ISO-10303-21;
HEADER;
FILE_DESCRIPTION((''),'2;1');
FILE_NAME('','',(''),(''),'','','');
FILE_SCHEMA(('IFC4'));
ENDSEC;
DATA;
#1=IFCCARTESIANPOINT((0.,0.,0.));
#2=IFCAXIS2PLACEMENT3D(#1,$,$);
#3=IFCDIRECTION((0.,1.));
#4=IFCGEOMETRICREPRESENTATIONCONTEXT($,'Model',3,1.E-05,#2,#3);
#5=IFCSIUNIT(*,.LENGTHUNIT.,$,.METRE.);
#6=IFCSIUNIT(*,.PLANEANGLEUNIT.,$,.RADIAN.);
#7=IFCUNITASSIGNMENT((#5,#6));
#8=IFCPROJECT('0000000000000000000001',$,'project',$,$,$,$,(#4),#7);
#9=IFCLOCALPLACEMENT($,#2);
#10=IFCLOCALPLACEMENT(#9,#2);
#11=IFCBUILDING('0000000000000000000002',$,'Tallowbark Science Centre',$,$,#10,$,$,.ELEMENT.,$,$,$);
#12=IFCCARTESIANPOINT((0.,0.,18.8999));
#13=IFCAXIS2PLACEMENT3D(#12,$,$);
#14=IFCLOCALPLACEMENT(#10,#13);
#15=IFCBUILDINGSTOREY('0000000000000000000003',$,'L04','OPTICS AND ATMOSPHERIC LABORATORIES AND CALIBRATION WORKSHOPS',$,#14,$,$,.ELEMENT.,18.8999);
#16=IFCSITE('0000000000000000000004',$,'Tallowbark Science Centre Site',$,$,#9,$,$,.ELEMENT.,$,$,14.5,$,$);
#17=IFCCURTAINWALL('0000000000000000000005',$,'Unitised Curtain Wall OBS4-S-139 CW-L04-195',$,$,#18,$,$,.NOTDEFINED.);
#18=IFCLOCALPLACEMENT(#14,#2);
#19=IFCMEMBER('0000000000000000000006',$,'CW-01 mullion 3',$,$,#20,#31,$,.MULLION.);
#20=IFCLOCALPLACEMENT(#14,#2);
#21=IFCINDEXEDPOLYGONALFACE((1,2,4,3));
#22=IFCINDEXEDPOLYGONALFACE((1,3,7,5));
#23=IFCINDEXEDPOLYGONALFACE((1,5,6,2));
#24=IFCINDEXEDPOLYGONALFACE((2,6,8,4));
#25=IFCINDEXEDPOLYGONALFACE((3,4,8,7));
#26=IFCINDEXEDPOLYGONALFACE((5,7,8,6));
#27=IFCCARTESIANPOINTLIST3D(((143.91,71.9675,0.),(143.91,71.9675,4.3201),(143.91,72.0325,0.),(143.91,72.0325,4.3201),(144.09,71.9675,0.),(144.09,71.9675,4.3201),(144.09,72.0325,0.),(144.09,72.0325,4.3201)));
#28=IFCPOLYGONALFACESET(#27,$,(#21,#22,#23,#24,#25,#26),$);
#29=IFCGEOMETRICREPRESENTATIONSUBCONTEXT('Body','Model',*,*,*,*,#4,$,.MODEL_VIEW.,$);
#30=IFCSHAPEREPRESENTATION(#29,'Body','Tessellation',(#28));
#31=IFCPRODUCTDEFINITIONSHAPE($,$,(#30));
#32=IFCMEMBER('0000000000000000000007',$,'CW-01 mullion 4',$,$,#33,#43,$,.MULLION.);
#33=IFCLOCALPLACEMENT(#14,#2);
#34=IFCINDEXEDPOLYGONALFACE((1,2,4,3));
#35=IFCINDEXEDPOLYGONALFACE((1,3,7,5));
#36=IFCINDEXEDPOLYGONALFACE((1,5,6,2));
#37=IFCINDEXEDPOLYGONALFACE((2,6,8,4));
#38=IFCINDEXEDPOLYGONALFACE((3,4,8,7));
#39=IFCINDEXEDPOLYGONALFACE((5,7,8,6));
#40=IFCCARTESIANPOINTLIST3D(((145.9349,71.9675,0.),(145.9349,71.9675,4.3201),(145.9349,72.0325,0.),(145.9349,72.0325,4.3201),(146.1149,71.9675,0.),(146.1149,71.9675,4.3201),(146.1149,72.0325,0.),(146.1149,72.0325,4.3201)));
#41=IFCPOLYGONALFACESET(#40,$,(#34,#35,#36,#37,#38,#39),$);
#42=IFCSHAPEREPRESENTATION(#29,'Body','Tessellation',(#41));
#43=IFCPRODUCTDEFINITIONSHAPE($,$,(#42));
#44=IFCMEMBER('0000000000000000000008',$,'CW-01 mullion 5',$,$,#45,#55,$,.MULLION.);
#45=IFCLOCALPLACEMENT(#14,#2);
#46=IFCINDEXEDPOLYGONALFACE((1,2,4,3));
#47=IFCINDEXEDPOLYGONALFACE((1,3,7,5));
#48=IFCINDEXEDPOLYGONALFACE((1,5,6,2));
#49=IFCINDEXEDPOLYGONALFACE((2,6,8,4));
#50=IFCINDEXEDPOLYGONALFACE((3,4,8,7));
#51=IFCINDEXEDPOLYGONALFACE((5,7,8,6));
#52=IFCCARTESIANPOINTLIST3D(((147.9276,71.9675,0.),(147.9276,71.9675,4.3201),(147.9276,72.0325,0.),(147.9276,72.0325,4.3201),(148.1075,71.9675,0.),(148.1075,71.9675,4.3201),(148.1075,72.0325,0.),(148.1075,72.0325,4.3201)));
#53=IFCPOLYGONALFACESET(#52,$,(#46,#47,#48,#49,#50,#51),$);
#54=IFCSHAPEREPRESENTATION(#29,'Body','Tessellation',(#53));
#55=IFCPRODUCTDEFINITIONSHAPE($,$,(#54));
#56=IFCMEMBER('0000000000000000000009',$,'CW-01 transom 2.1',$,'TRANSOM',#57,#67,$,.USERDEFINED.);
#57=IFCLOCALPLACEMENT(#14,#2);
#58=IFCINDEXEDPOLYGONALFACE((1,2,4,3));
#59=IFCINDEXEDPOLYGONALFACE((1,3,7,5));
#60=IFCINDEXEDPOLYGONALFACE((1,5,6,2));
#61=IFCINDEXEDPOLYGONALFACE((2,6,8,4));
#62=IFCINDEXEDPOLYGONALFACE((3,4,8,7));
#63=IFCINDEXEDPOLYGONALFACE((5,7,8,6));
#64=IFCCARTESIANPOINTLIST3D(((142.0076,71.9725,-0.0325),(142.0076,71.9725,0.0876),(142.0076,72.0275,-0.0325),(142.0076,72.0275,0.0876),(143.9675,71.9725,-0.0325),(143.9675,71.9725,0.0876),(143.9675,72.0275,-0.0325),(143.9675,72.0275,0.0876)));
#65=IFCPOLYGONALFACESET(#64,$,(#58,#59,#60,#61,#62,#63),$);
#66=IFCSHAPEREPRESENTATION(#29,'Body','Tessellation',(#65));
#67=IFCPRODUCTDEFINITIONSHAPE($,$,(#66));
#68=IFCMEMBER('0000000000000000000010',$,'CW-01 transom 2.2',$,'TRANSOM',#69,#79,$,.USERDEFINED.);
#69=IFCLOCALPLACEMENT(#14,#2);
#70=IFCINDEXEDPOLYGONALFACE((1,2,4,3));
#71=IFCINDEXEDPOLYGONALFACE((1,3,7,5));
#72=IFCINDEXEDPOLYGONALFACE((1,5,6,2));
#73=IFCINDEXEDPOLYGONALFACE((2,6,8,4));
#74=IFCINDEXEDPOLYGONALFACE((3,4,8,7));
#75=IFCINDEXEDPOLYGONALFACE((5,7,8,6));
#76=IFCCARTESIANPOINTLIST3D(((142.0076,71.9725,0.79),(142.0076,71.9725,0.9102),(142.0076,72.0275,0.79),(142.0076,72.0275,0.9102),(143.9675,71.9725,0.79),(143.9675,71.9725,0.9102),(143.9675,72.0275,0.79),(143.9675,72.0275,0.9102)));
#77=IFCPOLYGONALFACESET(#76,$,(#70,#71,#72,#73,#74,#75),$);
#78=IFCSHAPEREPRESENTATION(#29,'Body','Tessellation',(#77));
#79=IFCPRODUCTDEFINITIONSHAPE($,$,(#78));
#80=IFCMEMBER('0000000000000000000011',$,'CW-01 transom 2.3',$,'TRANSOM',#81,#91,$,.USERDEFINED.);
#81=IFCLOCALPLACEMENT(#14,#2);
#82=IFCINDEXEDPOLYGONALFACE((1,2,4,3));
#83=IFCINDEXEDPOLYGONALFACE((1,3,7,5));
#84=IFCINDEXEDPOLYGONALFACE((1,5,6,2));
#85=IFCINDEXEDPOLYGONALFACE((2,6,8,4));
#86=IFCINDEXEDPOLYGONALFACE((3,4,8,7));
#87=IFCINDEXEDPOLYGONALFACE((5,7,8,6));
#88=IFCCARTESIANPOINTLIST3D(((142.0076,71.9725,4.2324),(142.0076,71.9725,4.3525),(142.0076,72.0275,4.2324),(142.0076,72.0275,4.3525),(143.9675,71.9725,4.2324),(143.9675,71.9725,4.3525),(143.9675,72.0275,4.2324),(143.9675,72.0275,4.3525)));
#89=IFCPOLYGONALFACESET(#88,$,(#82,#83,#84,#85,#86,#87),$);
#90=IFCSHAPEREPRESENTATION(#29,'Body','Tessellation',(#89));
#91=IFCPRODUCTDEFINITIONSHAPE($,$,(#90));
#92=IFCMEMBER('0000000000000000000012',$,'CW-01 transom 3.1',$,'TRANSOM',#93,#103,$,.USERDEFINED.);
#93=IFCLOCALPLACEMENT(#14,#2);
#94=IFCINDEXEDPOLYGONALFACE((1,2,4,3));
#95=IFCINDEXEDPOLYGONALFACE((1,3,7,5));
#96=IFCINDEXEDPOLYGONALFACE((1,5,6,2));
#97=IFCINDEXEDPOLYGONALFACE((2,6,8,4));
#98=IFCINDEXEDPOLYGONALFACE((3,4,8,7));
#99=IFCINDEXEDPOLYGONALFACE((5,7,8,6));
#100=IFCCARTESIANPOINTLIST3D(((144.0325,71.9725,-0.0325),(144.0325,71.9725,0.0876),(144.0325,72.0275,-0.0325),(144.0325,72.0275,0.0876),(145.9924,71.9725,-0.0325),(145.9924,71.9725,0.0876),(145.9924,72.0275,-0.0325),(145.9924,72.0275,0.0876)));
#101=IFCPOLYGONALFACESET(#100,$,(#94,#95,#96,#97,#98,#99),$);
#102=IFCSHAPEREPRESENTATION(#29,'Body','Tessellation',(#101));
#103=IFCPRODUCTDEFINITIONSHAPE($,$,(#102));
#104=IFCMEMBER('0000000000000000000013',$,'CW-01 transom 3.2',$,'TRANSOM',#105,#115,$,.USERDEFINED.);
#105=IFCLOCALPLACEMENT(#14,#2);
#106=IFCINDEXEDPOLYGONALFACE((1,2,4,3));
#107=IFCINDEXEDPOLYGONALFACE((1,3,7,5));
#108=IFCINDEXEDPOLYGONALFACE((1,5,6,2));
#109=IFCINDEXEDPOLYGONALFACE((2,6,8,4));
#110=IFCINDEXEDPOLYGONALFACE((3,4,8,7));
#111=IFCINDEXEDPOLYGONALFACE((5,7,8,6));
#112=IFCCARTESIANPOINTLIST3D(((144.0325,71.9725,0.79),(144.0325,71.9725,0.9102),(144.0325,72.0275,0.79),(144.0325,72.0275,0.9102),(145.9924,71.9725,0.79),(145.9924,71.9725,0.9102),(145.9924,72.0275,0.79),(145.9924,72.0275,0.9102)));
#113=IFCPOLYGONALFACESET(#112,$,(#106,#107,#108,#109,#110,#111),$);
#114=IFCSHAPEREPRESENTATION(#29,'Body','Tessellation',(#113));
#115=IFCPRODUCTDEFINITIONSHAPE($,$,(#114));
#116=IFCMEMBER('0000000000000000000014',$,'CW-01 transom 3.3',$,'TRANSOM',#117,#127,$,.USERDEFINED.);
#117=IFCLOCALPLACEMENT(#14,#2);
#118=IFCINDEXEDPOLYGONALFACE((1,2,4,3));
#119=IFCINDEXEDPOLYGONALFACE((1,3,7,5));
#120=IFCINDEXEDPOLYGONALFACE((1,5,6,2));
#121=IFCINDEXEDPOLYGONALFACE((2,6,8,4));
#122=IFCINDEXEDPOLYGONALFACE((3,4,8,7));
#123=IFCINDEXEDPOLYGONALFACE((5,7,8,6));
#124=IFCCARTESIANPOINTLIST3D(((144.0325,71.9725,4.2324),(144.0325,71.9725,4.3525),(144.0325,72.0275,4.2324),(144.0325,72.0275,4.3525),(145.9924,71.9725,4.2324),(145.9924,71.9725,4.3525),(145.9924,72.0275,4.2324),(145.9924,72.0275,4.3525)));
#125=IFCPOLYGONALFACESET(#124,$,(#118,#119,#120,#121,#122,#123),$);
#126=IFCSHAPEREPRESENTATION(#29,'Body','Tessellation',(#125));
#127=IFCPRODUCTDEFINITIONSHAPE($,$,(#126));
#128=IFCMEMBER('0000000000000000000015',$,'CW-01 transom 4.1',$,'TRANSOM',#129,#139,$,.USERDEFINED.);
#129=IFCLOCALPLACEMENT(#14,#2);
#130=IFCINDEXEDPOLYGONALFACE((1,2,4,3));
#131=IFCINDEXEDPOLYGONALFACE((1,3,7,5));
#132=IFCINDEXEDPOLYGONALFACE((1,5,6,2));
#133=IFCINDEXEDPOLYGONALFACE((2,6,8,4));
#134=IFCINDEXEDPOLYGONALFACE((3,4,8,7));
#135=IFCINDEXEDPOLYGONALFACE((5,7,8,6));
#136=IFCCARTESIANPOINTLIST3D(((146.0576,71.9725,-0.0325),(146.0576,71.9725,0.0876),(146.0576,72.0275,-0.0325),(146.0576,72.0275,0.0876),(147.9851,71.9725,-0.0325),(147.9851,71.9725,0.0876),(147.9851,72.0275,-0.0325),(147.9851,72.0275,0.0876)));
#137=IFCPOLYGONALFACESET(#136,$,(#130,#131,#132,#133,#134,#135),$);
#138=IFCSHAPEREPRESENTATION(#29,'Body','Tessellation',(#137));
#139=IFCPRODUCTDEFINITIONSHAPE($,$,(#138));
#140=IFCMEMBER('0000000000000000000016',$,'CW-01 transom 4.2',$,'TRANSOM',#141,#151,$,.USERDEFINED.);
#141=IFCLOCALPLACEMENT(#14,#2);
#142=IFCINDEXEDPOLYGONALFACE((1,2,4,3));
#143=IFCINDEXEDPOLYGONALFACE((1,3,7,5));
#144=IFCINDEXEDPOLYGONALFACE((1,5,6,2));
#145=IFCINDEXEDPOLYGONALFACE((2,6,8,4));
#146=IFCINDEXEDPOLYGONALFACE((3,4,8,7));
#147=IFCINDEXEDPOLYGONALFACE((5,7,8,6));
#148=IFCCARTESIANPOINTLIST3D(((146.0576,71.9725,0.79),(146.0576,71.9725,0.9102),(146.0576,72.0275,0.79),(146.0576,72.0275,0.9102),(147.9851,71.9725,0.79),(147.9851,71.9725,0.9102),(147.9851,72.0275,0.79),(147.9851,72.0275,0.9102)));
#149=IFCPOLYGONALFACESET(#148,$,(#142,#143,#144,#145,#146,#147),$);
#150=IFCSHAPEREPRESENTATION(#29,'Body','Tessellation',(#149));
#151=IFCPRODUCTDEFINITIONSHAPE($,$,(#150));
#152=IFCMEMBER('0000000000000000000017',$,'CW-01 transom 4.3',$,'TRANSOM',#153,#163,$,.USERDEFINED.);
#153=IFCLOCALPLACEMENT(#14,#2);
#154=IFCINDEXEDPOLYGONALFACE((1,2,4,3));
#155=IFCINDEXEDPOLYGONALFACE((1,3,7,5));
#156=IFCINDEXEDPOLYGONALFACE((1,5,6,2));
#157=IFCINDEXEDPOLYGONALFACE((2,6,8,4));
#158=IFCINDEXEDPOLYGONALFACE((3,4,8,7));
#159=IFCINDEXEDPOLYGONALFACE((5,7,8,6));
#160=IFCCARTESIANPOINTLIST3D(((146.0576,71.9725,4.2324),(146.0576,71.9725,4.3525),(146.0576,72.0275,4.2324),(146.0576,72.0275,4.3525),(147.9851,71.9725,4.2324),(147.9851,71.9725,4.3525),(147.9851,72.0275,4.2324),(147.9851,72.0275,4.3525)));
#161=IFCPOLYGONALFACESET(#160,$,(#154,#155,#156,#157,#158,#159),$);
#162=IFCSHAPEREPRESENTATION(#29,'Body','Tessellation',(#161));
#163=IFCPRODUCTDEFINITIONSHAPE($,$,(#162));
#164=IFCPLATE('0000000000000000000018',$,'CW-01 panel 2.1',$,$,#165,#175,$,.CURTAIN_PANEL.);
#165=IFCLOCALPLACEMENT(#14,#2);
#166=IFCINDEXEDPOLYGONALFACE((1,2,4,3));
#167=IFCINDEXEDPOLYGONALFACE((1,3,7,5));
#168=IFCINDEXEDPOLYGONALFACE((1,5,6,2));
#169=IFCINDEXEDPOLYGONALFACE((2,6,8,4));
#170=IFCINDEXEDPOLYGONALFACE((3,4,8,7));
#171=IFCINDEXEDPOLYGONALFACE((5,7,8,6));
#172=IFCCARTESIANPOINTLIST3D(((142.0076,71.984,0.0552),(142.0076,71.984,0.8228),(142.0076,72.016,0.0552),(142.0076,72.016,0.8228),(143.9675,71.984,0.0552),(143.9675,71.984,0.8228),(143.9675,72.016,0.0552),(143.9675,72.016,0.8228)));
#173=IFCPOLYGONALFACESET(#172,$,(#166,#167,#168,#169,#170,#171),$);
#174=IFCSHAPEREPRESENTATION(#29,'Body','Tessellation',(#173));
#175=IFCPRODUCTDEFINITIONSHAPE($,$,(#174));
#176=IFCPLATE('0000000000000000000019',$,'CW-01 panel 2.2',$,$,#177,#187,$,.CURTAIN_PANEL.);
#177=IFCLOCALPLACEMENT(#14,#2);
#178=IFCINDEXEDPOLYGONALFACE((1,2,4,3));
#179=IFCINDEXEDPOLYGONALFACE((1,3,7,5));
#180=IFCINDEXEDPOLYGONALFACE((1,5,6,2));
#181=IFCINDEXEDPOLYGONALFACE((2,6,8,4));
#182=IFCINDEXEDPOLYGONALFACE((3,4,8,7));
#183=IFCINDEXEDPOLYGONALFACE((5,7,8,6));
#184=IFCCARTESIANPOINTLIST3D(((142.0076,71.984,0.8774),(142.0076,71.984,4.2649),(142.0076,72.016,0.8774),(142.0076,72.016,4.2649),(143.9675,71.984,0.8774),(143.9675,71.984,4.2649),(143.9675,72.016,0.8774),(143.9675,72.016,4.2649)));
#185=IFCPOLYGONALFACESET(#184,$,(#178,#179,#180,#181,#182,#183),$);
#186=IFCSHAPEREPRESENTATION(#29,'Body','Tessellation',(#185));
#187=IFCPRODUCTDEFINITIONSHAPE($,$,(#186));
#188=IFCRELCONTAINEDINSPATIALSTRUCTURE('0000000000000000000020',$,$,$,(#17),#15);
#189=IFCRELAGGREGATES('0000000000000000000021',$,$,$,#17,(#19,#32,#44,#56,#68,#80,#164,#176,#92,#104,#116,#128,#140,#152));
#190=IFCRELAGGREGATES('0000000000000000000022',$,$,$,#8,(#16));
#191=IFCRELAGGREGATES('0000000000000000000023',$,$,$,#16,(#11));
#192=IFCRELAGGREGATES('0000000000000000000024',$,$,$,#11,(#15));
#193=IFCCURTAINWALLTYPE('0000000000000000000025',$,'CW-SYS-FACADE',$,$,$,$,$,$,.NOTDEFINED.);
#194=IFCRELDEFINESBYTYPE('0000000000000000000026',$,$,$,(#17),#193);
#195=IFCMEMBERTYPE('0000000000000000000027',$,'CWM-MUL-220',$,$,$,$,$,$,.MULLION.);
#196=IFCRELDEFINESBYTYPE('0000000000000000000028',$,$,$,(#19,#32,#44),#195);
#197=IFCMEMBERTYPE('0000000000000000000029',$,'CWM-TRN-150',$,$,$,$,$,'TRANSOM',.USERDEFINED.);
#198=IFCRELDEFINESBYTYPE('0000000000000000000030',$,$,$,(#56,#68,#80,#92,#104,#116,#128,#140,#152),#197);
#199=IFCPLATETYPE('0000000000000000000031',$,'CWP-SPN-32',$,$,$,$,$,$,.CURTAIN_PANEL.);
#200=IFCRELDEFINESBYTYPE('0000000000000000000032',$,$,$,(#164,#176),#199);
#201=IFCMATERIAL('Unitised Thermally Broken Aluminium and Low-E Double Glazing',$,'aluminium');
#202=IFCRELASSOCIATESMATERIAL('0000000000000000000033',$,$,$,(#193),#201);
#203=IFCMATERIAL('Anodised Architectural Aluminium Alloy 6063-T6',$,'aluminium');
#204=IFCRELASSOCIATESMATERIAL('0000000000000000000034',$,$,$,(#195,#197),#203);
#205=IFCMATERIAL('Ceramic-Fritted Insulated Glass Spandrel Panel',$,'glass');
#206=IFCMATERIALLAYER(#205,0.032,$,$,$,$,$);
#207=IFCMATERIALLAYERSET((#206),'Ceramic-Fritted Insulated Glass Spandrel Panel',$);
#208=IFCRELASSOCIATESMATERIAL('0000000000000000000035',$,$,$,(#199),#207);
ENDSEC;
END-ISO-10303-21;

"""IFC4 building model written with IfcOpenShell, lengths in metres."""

from ifc_helpers import new_model, si_unit, direction, frame, origin, origin_2d, place, context, subcontext, project, spatial, rectangle, extrude, material, layer, layer_set, material_profile, profile_set, type_object, element, aggregate, save


model = new_model("IFC4")

# Units and contexts
model_context = context("Model", 3, precision=1e-05, world=origin(), true_north=direction((0.0, 1.0)))
body_context = subcontext(model_context, "Body", "Model", "MODEL_VIEW")
ifc_project = project(units=[si_unit("LENGTHUNIT", "METRE"), si_unit("PLANEANGLEUNIT", "RADIAN")], contexts=[model_context])

# Site, building, storey
site_placement = place(None, origin())
site = spatial("IfcSite", under=ifc_project, at=site_placement, Name="Tallowbark Science Centre Site", CompositionType="ELEMENT", RefElevation=14.5)
building_placement = place(site_placement, origin())
building = spatial("IfcBuilding", under=site, at=building_placement, Name="Tallowbark Science Centre", CompositionType="ELEMENT")
storey_placement = place(building_placement, frame((0.0, 0.0, 18.8999)))
storey = spatial("IfcBuildingStorey", under=building, at=storey_placement, Name="L04", Description="OPTICS AND ATMOSPHERIC LABORATORIES AND CALIBRATION WORKSHOPS", CompositionType="ELEMENT", Elevation=18.8999)

# Curtain wall, members, plates
ifc_material_1 = material(Name="Unitised Thermally Broken Aluminium and Low-E Double Glazing", Category="aluminium")
curtain_wall_type = type_object("IfcCurtainWallType", Name="CW-SYS-FACADE", PredefinedType="NOTDEFINED", material=ifc_material_1)
curtain_wall_placement = place(storey_placement, origin())
curtain_wall = element("IfcCurtainWall", 1, at=curtain_wall_placement, inside=storey, type_object=curtain_wall_type, Name="Unitised Curtain Wall OBS4-S-139 CW-L04-195", PredefinedType="NOTDEFINED")
ifc_material_2 = material(Name="Anodised Architectural Aluminium Alloy 6063-T6", Category="aluminium")
ifc_material_profile_1 = material_profile(ifc_material_2, rectangle(XDim=0.0649, YDim=0.1799, at=origin_2d()), Name="ALU65x180")
ifc_profile_set_1 = profile_set([ifc_material_profile_1], Name="Anodised Architectural Aluminium Alloy 6063-T6")
member_type_1 = type_object("IfcMemberType", Name="CWM-MUL-220", PredefinedType="MULLION", material=ifc_profile_set_1)
member_1_placement = place(storey_placement, frame((144.0, 72.0, 0.0), z_axis=(0.0, 0.0, 1.0), x_axis=(0.0, 1.0, 0.0)))
member_1 = element("IfcMember", 2, at=member_1_placement, type_object=member_type_1, Name="CW-01 mullion 3", PredefinedType="MULLION", context=body_context, shape_type="SweptSolid", body=[
    extrude(rectangle(XDim=0.0649, YDim=0.1799, at=origin_2d()), origin(), (0.0, 0.0, 1.0), 4.3201),
])
member_2_placement = place(storey_placement, frame((146.0249, 72.0, 0.0), z_axis=(0.0, 0.0, 1.0), x_axis=(0.0, 1.0, 0.0)))
member_2 = element("IfcMember", 3, at=member_2_placement, type_object=member_type_1, Name="CW-01 mullion 4", PredefinedType="MULLION", context=body_context, shape_type="SweptSolid", body=[
    extrude(rectangle(XDim=0.0649, YDim=0.1799, at=origin_2d()), origin(), (0.0, 0.0, 1.0), 4.3201),
])
member_3_placement = place(storey_placement, frame((148.0176, 72.0, 0.0), z_axis=(0.0, 0.0, 1.0), x_axis=(0.0, 1.0, 0.0)))
member_3 = element("IfcMember", 4, at=member_3_placement, type_object=member_type_1, Name="CW-01 mullion 5", PredefinedType="MULLION", context=body_context, shape_type="SweptSolid", body=[
    extrude(rectangle(XDim=0.0649, YDim=0.1799, at=origin_2d()), origin(), (0.0, 0.0, 1.0), 4.3201),
])
ifc_material_profile_2 = material_profile(ifc_material_2, rectangle(XDim=0.0549, YDim=0.1201, at=origin_2d()), Name="ALU55x120")
ifc_profile_set_2 = profile_set([ifc_material_profile_2], Name="Anodised Architectural Aluminium Alloy 6063-T6")
member_type_2 = type_object("IfcMemberType", Name="CWM-TRN-150", ElementType="TRANSOM", PredefinedType="USERDEFINED", material=ifc_profile_set_2)
member_4_placement = place(storey_placement, frame((142.0076, 72.0, 0.0276), z_axis=(1.0, 0.0, 0.0), x_axis=(0.0, 1.0, 0.0)))
member_4 = element("IfcMember", 5, at=member_4_placement, type_object=member_type_2, Name="CW-01 transom 2.1", ObjectType="TRANSOM", PredefinedType="USERDEFINED", context=body_context, shape_type="SweptSolid", body=[
    extrude(rectangle(XDim=0.0549, YDim=0.1201, at=origin_2d()), origin(), (0.0, 0.0, 1.0), 1.96),
])
member_5_placement = place(storey_placement, frame((142.0076, 72.0, 0.8501), z_axis=(1.0, 0.0, 0.0), x_axis=(0.0, 1.0, 0.0)))
member_5 = element("IfcMember", 6, at=member_5_placement, type_object=member_type_2, Name="CW-01 transom 2.2", ObjectType="TRANSOM", PredefinedType="USERDEFINED", context=body_context, shape_type="SweptSolid", body=[
    extrude(rectangle(XDim=0.0549, YDim=0.1201, at=origin_2d()), origin(), (0.0, 0.0, 1.0), 1.96),
])
member_6_placement = place(storey_placement, frame((142.0076, 72.0, 4.2925), z_axis=(1.0, 0.0, 0.0), x_axis=(0.0, 1.0, 0.0)))
member_6 = element("IfcMember", 7, at=member_6_placement, type_object=member_type_2, Name="CW-01 transom 2.3", ObjectType="TRANSOM", PredefinedType="USERDEFINED", context=body_context, shape_type="SweptSolid", body=[
    extrude(rectangle(XDim=0.0549, YDim=0.1201, at=origin_2d()), origin(), (0.0, 0.0, 1.0), 1.96),
])
member_7_placement = place(storey_placement, frame((144.0325, 72.0, 0.0276), z_axis=(1.0, 0.0, 0.0), x_axis=(0.0, 1.0, 0.0)))
member_7 = element("IfcMember", 8, at=member_7_placement, type_object=member_type_2, Name="CW-01 transom 3.1", ObjectType="TRANSOM", PredefinedType="USERDEFINED", context=body_context, shape_type="SweptSolid", body=[
    extrude(rectangle(XDim=0.0549, YDim=0.1201, at=origin_2d()), origin(), (0.0, 0.0, 1.0), 1.96),
])
member_8_placement = place(storey_placement, frame((144.0325, 72.0, 0.8501), z_axis=(1.0, 0.0, 0.0), x_axis=(0.0, 1.0, 0.0)))
member_8 = element("IfcMember", 9, at=member_8_placement, type_object=member_type_2, Name="CW-01 transom 3.2", ObjectType="TRANSOM", PredefinedType="USERDEFINED", context=body_context, shape_type="SweptSolid", body=[
    extrude(rectangle(XDim=0.0549, YDim=0.1201, at=origin_2d()), origin(), (0.0, 0.0, 1.0), 1.96),
])
member_9_placement = place(storey_placement, frame((144.0325, 72.0, 4.2925), z_axis=(1.0, 0.0, 0.0), x_axis=(0.0, 1.0, 0.0)))
member_9 = element("IfcMember", 10, at=member_9_placement, type_object=member_type_2, Name="CW-01 transom 3.3", ObjectType="TRANSOM", PredefinedType="USERDEFINED", context=body_context, shape_type="SweptSolid", body=[
    extrude(rectangle(XDim=0.0549, YDim=0.1201, at=origin_2d()), origin(), (0.0, 0.0, 1.0), 1.96),
])
member_10_placement = place(storey_placement, frame((146.0576, 72.0, 0.0276), z_axis=(1.0, 0.0, 0.0), x_axis=(0.0, 1.0, 0.0)))
member_10 = element("IfcMember", 11, at=member_10_placement, type_object=member_type_2, Name="CW-01 transom 4.1", ObjectType="TRANSOM", PredefinedType="USERDEFINED", context=body_context, shape_type="SweptSolid", body=[
    extrude(rectangle(XDim=0.0549, YDim=0.1201, at=origin_2d()), origin(), (0.0, 0.0, 1.0), 1.9275),
])
member_11_placement = place(storey_placement, frame((146.0576, 72.0, 0.8501), z_axis=(1.0, 0.0, 0.0), x_axis=(0.0, 1.0, 0.0)))
member_11 = element("IfcMember", 12, at=member_11_placement, type_object=member_type_2, Name="CW-01 transom 4.2", ObjectType="TRANSOM", PredefinedType="USERDEFINED", context=body_context, shape_type="SweptSolid", body=[
    extrude(rectangle(XDim=0.0549, YDim=0.1201, at=origin_2d()), origin(), (0.0, 0.0, 1.0), 1.9275),
])
member_12_placement = place(storey_placement, frame((146.0576, 72.0, 4.2925), z_axis=(1.0, 0.0, 0.0), x_axis=(0.0, 1.0, 0.0)))
member_12 = element("IfcMember", 13, at=member_12_placement, type_object=member_type_2, Name="CW-01 transom 4.3", ObjectType="TRANSOM", PredefinedType="USERDEFINED", context=body_context, shape_type="SweptSolid", body=[
    extrude(rectangle(XDim=0.0549, YDim=0.1201, at=origin_2d()), origin(), (0.0, 0.0, 1.0), 1.9275),
])
ifc_material_3 = material(Name="Ceramic-Fritted Insulated Glass Spandrel Panel", Category="glass")
ifc_layer_1 = layer(ifc_material_3, 0.032)
ifc_layer_set_1 = layer_set([ifc_layer_1], Name="Ceramic-Fritted Insulated Glass Spandrel Panel")
plate_type = type_object("IfcPlateType", Name="CWP-SPN-32", PredefinedType="CURTAIN_PANEL", material=ifc_layer_set_1)
plate_1_placement = place(storey_placement, frame((142.9875, 72.0, 0.0552), z_axis=(0.0, 0.0, 1.0), x_axis=(1.0, 0.0, 0.0)))
plate_1 = element("IfcPlate", 14, at=plate_1_placement, type_object=plate_type, Name="CW-01 panel 2.1", PredefinedType="CURTAIN_PANEL", context=body_context, shape_type="SweptSolid", body=[
    extrude(rectangle(XDim=1.96, YDim=0.032, at=origin_2d()), origin(), (0.0, 0.0, 1.0), 0.7676),
])
plate_2_placement = place(storey_placement, frame((142.9875, 72.0, 0.8774), z_axis=(0.0, 0.0, 1.0), x_axis=(1.0, 0.0, 0.0)))
plate_2 = element("IfcPlate", 15, at=plate_2_placement, type_object=plate_type, Name="CW-01 panel 2.2", PredefinedType="CURTAIN_PANEL", context=body_context, shape_type="SweptSolid", body=[
    extrude(rectangle(XDim=1.96, YDim=0.032, at=origin_2d()), origin(), (0.0, 0.0, 1.0), 3.3875),
])
aggregate(curtain_wall, [member_1, member_2, member_3, member_4, member_5, member_6, plate_1, plate_2, member_7, member_8, member_9, member_10, member_11, member_12])

save(model, "model.ifc")
